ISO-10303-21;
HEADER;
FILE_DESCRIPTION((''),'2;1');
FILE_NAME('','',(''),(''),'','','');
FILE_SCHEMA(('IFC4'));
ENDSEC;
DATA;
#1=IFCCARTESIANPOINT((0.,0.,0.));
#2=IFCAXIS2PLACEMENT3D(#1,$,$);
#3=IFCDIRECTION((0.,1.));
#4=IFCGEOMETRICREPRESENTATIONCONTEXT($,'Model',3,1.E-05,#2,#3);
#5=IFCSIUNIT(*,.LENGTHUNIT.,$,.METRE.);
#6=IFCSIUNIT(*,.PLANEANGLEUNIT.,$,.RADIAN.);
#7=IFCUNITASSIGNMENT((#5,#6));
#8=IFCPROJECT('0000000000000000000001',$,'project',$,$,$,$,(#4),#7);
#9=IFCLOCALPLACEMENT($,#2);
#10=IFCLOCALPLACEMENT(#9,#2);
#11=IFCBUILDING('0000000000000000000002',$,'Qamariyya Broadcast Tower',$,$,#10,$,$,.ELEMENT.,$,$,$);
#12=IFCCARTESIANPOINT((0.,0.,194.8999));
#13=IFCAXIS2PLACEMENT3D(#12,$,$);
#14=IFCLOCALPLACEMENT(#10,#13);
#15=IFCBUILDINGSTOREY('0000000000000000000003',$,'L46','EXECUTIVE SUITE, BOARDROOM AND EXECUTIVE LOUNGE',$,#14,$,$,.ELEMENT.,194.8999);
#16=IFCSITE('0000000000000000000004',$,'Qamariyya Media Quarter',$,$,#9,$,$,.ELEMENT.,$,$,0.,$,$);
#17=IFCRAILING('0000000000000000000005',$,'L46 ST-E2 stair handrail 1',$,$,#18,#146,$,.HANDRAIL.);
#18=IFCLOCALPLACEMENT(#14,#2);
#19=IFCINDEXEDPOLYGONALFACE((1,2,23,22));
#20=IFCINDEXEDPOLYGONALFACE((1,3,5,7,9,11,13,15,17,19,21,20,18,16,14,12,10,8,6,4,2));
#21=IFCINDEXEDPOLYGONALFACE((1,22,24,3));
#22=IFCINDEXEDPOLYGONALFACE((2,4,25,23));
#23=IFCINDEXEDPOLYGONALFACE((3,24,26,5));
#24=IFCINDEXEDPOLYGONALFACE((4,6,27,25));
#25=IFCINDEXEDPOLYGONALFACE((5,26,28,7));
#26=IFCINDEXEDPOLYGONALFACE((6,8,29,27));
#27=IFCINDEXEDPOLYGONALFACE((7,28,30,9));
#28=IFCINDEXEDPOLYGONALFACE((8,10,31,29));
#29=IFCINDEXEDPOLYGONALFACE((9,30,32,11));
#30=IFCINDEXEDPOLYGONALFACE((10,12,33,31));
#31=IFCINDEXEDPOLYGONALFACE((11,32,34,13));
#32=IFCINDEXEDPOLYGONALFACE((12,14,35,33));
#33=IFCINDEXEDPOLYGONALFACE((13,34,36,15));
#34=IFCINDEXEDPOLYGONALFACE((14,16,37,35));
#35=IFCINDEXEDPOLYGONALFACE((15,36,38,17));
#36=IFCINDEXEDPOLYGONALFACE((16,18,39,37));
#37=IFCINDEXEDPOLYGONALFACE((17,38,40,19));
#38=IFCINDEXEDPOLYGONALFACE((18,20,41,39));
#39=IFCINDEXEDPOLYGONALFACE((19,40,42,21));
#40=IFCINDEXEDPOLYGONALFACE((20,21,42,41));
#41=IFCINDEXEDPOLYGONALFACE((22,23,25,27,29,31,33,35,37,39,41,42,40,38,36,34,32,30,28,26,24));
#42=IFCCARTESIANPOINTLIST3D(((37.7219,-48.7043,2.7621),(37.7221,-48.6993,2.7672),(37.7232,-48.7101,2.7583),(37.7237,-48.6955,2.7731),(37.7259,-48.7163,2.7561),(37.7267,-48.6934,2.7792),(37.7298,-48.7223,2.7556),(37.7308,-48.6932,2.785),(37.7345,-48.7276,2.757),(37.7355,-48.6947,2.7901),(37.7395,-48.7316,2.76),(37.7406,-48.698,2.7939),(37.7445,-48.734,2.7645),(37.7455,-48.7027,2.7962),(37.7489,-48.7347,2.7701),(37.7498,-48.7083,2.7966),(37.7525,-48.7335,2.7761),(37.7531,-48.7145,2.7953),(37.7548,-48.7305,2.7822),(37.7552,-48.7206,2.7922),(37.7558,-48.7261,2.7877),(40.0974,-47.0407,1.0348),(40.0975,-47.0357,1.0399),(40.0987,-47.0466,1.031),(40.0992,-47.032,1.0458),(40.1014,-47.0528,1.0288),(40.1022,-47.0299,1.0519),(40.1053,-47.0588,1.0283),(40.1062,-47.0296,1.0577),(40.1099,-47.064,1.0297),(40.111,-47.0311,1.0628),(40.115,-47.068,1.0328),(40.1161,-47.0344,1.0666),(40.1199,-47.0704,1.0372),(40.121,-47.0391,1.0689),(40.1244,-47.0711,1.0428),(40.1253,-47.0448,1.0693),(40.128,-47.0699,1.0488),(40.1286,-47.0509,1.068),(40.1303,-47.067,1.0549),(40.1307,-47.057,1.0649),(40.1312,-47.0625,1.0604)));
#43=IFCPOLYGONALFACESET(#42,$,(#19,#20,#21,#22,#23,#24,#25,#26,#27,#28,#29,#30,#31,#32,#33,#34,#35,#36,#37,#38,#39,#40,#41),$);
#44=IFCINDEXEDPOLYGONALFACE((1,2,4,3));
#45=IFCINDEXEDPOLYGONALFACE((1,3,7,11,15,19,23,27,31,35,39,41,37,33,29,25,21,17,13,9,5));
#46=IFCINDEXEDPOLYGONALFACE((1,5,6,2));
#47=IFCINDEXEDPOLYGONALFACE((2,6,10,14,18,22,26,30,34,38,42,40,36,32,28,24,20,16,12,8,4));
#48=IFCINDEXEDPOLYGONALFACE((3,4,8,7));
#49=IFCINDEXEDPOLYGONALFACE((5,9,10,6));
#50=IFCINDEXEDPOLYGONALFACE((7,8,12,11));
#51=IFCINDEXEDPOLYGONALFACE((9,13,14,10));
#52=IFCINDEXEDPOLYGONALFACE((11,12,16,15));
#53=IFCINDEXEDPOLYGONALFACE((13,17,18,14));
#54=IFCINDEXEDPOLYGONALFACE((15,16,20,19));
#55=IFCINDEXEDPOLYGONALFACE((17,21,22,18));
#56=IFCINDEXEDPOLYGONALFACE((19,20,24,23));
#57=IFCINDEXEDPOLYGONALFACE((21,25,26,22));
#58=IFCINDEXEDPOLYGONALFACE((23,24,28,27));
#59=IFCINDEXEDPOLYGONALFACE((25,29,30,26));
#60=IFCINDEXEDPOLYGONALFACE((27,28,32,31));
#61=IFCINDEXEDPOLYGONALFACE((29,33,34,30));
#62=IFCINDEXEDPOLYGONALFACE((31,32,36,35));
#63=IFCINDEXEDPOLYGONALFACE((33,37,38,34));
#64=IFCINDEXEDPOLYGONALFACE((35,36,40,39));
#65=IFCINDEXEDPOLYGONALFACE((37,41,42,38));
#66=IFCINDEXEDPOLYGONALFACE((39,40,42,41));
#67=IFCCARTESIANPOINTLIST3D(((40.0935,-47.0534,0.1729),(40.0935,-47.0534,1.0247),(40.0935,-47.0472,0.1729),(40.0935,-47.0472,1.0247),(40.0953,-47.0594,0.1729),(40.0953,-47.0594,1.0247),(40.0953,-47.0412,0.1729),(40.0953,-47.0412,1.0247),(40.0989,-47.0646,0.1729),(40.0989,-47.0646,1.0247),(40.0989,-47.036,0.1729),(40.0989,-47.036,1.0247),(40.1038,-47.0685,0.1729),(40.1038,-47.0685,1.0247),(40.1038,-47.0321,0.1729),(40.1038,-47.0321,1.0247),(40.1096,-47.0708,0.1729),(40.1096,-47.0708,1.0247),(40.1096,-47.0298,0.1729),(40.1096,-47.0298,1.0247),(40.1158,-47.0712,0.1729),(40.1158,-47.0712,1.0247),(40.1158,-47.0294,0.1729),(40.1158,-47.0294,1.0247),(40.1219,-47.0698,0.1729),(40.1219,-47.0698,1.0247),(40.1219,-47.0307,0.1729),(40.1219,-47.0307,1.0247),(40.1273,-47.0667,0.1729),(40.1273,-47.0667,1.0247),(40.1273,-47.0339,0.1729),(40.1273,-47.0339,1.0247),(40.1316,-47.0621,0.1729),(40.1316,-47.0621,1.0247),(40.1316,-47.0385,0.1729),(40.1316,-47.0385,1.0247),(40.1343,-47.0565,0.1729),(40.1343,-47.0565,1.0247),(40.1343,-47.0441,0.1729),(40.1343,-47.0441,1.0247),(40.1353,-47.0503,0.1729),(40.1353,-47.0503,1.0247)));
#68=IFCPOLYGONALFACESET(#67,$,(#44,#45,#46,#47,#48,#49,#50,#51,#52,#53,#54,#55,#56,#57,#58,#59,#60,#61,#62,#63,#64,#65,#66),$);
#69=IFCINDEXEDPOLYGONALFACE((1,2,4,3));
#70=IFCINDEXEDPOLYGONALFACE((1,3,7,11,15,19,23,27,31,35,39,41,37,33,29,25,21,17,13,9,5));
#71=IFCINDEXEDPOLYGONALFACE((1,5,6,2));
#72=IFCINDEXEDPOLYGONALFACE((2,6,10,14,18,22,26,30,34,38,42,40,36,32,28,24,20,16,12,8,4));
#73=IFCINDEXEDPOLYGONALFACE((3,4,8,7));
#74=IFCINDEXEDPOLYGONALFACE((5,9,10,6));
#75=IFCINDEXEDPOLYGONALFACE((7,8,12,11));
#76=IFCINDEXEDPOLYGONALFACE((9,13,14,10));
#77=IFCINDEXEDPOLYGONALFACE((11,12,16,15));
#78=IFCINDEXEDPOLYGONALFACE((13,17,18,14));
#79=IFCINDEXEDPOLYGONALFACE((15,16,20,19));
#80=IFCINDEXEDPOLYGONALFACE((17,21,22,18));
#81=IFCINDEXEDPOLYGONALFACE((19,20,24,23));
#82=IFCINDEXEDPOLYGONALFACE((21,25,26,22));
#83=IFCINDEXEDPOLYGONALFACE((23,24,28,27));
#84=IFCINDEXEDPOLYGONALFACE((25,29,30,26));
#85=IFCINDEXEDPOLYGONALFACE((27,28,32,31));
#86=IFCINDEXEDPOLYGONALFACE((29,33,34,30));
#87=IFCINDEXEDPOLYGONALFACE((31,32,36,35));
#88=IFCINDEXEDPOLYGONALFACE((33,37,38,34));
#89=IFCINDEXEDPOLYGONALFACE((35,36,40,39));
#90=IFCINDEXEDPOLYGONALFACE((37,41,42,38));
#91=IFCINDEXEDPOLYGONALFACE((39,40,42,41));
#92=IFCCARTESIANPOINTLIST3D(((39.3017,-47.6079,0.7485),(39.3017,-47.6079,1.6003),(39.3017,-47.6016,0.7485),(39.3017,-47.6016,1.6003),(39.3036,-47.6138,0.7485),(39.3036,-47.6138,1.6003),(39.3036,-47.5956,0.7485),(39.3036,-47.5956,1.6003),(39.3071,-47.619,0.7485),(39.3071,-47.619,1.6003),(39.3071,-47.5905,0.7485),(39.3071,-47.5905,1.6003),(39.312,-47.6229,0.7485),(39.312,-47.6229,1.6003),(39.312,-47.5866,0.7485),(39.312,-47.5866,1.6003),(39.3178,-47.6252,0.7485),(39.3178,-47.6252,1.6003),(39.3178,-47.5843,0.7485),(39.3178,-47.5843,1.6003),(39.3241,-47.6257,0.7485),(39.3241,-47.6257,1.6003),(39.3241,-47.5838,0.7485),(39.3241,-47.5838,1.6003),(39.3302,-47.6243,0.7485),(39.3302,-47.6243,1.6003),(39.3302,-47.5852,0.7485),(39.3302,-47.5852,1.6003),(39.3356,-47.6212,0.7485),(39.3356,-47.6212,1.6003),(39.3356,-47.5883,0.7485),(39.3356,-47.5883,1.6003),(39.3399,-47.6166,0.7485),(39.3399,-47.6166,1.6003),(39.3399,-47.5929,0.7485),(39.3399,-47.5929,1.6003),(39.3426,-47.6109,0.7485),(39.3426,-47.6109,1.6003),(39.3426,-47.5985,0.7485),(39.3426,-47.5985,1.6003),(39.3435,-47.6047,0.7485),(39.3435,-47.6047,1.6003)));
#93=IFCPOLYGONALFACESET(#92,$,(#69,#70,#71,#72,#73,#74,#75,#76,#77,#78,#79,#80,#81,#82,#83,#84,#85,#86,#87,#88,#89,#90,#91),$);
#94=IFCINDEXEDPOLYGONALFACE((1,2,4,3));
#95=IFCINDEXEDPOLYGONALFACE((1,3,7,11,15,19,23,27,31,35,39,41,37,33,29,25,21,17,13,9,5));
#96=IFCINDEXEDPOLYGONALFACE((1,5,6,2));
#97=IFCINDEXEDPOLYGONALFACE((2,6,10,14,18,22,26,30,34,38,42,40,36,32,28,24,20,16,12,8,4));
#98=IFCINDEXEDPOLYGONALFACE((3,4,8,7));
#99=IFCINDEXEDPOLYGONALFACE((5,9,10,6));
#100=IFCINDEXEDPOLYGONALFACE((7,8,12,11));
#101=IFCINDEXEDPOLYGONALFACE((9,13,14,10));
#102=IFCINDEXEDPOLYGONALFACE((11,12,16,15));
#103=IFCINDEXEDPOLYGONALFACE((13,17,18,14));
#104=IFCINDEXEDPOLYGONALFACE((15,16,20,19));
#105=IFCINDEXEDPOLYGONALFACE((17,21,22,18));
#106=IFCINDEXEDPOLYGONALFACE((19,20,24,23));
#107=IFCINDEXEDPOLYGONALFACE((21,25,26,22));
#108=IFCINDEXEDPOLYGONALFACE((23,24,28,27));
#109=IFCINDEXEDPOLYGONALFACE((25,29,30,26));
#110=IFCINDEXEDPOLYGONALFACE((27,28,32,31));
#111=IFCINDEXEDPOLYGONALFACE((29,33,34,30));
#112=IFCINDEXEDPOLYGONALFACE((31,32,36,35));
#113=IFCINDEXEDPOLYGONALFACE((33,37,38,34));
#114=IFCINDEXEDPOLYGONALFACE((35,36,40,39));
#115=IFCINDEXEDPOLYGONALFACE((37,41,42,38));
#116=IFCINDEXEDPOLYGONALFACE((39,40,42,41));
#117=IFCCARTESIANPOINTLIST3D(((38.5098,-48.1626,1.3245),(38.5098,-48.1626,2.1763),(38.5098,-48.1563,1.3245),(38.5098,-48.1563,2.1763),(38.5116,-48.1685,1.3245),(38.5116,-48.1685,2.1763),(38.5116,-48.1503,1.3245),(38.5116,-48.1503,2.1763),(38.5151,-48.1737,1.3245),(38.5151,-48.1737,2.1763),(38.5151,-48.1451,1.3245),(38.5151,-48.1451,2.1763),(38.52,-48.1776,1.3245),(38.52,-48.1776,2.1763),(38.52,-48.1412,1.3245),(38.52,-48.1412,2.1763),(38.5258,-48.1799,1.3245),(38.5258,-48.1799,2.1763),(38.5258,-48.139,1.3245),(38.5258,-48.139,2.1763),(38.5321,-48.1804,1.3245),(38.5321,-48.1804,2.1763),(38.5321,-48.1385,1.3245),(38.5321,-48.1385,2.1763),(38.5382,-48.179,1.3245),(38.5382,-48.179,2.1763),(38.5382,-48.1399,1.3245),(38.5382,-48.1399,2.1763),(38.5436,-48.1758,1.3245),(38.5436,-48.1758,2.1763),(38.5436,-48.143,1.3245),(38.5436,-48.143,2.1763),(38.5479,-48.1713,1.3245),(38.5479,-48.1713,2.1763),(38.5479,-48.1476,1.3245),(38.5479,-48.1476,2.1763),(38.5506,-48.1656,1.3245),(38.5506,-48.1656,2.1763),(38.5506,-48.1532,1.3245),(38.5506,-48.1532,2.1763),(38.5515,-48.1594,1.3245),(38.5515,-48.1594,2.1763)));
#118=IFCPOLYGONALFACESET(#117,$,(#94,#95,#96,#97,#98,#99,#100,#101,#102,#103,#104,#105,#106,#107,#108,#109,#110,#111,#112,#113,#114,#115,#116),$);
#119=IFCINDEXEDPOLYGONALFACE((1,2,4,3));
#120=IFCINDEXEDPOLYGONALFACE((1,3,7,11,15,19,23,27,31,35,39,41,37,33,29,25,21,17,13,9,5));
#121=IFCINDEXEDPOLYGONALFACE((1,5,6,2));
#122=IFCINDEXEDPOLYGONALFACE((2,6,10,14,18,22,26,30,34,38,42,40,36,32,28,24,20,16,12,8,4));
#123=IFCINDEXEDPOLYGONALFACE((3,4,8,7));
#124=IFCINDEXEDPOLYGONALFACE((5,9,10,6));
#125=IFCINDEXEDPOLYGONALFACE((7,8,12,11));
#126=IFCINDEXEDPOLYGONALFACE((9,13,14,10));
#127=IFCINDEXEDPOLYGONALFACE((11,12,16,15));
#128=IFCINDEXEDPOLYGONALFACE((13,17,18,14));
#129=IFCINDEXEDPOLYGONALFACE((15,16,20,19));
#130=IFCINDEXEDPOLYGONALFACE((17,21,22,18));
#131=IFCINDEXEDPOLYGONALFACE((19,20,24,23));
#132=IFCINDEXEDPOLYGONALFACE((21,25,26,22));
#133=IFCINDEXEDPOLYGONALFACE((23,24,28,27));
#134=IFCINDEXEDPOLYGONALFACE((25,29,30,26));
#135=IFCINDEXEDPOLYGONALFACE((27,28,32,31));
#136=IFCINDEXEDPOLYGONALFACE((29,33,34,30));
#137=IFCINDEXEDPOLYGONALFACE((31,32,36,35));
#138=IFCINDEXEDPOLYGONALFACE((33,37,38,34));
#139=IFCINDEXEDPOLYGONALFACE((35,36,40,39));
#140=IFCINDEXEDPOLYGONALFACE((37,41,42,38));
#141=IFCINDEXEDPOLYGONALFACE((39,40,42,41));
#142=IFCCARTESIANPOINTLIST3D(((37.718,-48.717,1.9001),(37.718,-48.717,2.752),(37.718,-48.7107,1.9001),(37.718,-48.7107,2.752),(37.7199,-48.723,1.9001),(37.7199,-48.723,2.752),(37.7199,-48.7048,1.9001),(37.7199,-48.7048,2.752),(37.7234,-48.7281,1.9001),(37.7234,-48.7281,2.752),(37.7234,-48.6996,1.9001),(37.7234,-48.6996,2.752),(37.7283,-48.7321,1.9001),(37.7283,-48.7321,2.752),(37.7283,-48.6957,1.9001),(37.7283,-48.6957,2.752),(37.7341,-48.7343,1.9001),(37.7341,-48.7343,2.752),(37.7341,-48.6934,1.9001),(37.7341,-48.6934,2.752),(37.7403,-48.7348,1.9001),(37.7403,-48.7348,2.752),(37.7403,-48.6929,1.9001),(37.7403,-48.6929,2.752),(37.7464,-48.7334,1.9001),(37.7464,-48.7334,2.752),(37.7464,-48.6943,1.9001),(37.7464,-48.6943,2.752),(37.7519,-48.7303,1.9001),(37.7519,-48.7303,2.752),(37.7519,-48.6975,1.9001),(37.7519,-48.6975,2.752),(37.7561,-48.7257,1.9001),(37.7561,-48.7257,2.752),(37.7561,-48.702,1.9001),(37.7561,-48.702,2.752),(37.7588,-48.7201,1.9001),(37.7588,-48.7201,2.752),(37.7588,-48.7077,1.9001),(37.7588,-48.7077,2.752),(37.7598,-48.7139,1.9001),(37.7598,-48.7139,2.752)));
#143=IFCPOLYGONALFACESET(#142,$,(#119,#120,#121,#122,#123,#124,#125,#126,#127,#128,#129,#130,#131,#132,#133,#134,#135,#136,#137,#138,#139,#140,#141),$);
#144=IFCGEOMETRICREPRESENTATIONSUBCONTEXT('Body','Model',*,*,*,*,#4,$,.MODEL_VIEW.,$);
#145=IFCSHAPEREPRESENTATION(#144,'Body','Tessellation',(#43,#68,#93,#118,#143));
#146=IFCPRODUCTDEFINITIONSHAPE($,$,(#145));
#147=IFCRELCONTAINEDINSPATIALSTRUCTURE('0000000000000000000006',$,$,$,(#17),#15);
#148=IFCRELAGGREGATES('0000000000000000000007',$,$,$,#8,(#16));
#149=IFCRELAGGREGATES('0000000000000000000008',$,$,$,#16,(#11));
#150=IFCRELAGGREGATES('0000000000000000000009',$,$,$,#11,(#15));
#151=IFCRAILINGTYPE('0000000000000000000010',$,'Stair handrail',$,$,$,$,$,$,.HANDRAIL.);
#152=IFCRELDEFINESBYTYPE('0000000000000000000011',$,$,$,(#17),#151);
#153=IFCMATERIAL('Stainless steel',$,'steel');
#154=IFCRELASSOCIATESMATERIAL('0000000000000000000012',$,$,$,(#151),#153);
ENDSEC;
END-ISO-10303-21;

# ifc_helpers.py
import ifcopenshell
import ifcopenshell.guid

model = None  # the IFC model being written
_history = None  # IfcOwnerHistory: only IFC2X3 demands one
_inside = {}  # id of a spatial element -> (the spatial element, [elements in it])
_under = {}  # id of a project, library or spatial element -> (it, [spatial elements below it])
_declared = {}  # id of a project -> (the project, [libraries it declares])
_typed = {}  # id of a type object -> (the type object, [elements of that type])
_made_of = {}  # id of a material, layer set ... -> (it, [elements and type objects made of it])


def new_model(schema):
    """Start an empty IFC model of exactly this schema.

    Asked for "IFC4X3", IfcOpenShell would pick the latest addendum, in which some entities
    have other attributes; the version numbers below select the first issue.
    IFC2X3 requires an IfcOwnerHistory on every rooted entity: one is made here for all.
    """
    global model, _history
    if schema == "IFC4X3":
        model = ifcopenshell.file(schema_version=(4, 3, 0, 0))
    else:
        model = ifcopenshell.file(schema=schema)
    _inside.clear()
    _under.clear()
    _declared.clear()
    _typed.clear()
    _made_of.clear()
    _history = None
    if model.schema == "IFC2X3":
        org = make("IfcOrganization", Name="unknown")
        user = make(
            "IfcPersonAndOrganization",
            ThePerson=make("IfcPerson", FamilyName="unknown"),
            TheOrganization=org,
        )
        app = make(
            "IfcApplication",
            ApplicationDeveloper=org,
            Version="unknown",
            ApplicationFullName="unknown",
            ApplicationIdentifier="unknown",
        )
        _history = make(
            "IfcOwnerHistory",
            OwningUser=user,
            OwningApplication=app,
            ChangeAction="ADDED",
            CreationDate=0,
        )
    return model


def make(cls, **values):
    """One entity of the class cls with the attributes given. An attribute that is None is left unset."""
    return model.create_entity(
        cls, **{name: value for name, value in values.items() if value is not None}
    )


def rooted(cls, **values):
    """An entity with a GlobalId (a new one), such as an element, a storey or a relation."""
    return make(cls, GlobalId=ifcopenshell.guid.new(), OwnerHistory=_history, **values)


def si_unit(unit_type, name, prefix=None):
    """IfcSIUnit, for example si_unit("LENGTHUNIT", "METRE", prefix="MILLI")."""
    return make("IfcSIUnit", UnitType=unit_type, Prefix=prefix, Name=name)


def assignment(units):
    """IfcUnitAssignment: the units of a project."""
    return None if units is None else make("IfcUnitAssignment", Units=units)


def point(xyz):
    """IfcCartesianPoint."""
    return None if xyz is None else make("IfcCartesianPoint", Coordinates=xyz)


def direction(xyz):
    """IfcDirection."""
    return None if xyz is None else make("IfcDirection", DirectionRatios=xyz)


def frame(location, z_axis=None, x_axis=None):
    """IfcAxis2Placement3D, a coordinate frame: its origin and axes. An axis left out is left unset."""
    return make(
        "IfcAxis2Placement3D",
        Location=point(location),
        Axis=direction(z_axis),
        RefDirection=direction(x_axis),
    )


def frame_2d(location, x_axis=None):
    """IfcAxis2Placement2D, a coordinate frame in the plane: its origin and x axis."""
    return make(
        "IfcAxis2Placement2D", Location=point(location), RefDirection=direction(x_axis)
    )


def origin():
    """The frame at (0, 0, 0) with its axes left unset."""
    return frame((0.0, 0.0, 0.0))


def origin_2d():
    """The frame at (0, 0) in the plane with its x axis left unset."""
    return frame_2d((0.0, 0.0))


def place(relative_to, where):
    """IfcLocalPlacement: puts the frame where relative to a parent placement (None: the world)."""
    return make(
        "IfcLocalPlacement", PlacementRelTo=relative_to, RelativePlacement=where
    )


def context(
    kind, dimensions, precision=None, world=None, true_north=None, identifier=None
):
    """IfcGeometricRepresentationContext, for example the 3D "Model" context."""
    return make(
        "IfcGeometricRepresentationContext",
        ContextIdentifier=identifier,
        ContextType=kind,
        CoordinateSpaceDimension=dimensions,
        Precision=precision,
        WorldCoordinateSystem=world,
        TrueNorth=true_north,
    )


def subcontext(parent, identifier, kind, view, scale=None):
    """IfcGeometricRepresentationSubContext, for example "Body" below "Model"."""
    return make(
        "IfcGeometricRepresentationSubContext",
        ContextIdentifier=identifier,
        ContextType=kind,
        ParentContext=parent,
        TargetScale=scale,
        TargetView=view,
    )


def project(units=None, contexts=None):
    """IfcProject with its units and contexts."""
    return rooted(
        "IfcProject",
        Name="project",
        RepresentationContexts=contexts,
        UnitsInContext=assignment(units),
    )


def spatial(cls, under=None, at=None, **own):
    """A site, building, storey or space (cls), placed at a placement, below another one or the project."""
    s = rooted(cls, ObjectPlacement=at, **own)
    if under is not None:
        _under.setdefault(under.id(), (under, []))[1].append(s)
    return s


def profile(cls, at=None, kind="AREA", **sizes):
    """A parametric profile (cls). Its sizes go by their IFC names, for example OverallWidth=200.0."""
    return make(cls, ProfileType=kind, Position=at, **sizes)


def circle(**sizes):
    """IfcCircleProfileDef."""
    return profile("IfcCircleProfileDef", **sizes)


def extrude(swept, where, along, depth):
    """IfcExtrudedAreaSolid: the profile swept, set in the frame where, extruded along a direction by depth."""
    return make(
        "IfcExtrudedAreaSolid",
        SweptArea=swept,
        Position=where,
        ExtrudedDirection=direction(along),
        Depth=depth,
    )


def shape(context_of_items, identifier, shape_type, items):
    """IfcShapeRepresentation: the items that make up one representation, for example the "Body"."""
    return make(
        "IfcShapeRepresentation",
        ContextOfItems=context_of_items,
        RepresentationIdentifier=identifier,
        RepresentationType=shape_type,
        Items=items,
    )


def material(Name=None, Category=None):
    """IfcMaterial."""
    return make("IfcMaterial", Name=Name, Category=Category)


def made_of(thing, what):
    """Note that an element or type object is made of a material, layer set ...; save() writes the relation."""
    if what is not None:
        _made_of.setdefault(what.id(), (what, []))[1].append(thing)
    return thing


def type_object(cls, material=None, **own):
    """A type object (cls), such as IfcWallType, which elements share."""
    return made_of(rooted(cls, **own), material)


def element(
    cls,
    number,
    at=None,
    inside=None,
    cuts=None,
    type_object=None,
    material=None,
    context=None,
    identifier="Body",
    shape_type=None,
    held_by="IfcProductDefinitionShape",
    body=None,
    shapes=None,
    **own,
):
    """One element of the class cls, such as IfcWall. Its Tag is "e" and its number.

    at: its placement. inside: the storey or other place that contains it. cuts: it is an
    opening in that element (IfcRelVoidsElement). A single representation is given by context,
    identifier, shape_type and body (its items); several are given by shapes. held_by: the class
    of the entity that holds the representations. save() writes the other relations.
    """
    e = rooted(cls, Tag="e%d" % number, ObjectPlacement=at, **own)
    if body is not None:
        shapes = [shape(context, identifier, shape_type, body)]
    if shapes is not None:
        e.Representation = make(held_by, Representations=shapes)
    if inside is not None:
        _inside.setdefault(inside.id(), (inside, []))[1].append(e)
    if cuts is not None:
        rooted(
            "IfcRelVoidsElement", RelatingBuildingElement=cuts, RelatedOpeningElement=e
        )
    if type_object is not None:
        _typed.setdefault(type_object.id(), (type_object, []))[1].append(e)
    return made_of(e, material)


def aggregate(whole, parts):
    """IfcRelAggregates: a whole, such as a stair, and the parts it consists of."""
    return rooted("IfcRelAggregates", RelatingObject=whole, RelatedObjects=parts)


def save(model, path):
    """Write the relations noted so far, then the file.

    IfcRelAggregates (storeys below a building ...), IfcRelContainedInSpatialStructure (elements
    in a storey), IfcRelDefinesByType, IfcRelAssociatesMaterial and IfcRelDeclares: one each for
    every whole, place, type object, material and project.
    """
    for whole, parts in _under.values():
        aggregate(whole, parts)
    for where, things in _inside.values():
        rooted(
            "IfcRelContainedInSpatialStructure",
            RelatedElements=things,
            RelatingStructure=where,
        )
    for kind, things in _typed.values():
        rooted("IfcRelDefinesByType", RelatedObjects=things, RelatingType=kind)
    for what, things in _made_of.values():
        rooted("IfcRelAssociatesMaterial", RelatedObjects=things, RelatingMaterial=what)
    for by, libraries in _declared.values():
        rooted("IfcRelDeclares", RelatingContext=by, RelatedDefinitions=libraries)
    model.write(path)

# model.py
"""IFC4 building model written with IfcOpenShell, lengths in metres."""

from ifc_helpers import new_model, si_unit, direction, frame, origin, origin_2d, place, context, subcontext, project, spatial, circle, extrude, material, type_object, element, save


model = new_model("IFC4")

# Units and contexts
model_context = context("Model", 3, precision=1e-05, world=origin(), true_north=direction((0.0, 1.0)))
body_context = subcontext(model_context, "Body", "Model", "MODEL_VIEW")
ifc_project = project(units=[si_unit("LENGTHUNIT", "METRE"), si_unit("PLANEANGLEUNIT", "RADIAN")], contexts=[model_context])

# Site, building, storey
site_placement = place(None, origin())
site = spatial("IfcSite", under=ifc_project, at=site_placement, Name="Qamariyya Media Quarter", CompositionType="ELEMENT", RefElevation=0.0)
building_placement = place(site_placement, origin())
building = spatial("IfcBuilding", under=site, at=building_placement, Name="Qamariyya Broadcast Tower", CompositionType="ELEMENT")
storey_placement = place(building_placement, frame((0.0, 0.0, 194.8999)))
storey = spatial("IfcBuildingStorey", under=building, at=storey_placement, Name="L46", Description="EXECUTIVE SUITE, BOARDROOM AND EXECUTIVE LOUNGE", CompositionType="ELEMENT", Elevation=194.8999)

# Railing
ifc_material_1 = material(Name="Stainless steel", Category="steel")
railing_type_1 = type_object("IfcRailingType", Name="Stair handrail", PredefinedType="HANDRAIL", material=ifc_material_1)
railing_1_placement = place(storey_placement, frame((40.1143, -47.0503, 0.1729)))
element("IfcRailing", 1, at=railing_1_placement, inside=storey, type_object=railing_type_1, Name="L46 ST-E2 stair handrail 1", PredefinedType="HANDRAIL", context=body_context, shape_type="SweptSolid", body=[
    extrude(circle(Radius=0.0239, at=origin_2d()), frame((0.0, 0.0, 0.876), z_axis=(-0.703745, -0.492838, 0.511716), x_axis=(0.573632, -0.819113, 0.0)), (0.0, 0.0, 1.0), 3.3755),
    extrude(circle(Radius=0.021, at=origin_2d()), origin(), (0.0, 0.0, 1.0), 0.8518),
    extrude(circle(Radius=0.021, at=origin_2d()), frame((-0.7917, -0.5544, 0.5757)), (0.0, 0.0, 1.0), 0.8518),
    extrude(circle(Radius=0.021, at=origin_2d()), frame((-1.5837, -1.1091, 1.1516)), (0.0, 0.0, 1.0), 0.8518),
    extrude(circle(Radius=0.021, at=origin_2d()), frame((-2.3755, -1.6636, 1.7273)), (0.0, 0.0, 1.0), 0.8518),
])

save(model, "model.ifc")
